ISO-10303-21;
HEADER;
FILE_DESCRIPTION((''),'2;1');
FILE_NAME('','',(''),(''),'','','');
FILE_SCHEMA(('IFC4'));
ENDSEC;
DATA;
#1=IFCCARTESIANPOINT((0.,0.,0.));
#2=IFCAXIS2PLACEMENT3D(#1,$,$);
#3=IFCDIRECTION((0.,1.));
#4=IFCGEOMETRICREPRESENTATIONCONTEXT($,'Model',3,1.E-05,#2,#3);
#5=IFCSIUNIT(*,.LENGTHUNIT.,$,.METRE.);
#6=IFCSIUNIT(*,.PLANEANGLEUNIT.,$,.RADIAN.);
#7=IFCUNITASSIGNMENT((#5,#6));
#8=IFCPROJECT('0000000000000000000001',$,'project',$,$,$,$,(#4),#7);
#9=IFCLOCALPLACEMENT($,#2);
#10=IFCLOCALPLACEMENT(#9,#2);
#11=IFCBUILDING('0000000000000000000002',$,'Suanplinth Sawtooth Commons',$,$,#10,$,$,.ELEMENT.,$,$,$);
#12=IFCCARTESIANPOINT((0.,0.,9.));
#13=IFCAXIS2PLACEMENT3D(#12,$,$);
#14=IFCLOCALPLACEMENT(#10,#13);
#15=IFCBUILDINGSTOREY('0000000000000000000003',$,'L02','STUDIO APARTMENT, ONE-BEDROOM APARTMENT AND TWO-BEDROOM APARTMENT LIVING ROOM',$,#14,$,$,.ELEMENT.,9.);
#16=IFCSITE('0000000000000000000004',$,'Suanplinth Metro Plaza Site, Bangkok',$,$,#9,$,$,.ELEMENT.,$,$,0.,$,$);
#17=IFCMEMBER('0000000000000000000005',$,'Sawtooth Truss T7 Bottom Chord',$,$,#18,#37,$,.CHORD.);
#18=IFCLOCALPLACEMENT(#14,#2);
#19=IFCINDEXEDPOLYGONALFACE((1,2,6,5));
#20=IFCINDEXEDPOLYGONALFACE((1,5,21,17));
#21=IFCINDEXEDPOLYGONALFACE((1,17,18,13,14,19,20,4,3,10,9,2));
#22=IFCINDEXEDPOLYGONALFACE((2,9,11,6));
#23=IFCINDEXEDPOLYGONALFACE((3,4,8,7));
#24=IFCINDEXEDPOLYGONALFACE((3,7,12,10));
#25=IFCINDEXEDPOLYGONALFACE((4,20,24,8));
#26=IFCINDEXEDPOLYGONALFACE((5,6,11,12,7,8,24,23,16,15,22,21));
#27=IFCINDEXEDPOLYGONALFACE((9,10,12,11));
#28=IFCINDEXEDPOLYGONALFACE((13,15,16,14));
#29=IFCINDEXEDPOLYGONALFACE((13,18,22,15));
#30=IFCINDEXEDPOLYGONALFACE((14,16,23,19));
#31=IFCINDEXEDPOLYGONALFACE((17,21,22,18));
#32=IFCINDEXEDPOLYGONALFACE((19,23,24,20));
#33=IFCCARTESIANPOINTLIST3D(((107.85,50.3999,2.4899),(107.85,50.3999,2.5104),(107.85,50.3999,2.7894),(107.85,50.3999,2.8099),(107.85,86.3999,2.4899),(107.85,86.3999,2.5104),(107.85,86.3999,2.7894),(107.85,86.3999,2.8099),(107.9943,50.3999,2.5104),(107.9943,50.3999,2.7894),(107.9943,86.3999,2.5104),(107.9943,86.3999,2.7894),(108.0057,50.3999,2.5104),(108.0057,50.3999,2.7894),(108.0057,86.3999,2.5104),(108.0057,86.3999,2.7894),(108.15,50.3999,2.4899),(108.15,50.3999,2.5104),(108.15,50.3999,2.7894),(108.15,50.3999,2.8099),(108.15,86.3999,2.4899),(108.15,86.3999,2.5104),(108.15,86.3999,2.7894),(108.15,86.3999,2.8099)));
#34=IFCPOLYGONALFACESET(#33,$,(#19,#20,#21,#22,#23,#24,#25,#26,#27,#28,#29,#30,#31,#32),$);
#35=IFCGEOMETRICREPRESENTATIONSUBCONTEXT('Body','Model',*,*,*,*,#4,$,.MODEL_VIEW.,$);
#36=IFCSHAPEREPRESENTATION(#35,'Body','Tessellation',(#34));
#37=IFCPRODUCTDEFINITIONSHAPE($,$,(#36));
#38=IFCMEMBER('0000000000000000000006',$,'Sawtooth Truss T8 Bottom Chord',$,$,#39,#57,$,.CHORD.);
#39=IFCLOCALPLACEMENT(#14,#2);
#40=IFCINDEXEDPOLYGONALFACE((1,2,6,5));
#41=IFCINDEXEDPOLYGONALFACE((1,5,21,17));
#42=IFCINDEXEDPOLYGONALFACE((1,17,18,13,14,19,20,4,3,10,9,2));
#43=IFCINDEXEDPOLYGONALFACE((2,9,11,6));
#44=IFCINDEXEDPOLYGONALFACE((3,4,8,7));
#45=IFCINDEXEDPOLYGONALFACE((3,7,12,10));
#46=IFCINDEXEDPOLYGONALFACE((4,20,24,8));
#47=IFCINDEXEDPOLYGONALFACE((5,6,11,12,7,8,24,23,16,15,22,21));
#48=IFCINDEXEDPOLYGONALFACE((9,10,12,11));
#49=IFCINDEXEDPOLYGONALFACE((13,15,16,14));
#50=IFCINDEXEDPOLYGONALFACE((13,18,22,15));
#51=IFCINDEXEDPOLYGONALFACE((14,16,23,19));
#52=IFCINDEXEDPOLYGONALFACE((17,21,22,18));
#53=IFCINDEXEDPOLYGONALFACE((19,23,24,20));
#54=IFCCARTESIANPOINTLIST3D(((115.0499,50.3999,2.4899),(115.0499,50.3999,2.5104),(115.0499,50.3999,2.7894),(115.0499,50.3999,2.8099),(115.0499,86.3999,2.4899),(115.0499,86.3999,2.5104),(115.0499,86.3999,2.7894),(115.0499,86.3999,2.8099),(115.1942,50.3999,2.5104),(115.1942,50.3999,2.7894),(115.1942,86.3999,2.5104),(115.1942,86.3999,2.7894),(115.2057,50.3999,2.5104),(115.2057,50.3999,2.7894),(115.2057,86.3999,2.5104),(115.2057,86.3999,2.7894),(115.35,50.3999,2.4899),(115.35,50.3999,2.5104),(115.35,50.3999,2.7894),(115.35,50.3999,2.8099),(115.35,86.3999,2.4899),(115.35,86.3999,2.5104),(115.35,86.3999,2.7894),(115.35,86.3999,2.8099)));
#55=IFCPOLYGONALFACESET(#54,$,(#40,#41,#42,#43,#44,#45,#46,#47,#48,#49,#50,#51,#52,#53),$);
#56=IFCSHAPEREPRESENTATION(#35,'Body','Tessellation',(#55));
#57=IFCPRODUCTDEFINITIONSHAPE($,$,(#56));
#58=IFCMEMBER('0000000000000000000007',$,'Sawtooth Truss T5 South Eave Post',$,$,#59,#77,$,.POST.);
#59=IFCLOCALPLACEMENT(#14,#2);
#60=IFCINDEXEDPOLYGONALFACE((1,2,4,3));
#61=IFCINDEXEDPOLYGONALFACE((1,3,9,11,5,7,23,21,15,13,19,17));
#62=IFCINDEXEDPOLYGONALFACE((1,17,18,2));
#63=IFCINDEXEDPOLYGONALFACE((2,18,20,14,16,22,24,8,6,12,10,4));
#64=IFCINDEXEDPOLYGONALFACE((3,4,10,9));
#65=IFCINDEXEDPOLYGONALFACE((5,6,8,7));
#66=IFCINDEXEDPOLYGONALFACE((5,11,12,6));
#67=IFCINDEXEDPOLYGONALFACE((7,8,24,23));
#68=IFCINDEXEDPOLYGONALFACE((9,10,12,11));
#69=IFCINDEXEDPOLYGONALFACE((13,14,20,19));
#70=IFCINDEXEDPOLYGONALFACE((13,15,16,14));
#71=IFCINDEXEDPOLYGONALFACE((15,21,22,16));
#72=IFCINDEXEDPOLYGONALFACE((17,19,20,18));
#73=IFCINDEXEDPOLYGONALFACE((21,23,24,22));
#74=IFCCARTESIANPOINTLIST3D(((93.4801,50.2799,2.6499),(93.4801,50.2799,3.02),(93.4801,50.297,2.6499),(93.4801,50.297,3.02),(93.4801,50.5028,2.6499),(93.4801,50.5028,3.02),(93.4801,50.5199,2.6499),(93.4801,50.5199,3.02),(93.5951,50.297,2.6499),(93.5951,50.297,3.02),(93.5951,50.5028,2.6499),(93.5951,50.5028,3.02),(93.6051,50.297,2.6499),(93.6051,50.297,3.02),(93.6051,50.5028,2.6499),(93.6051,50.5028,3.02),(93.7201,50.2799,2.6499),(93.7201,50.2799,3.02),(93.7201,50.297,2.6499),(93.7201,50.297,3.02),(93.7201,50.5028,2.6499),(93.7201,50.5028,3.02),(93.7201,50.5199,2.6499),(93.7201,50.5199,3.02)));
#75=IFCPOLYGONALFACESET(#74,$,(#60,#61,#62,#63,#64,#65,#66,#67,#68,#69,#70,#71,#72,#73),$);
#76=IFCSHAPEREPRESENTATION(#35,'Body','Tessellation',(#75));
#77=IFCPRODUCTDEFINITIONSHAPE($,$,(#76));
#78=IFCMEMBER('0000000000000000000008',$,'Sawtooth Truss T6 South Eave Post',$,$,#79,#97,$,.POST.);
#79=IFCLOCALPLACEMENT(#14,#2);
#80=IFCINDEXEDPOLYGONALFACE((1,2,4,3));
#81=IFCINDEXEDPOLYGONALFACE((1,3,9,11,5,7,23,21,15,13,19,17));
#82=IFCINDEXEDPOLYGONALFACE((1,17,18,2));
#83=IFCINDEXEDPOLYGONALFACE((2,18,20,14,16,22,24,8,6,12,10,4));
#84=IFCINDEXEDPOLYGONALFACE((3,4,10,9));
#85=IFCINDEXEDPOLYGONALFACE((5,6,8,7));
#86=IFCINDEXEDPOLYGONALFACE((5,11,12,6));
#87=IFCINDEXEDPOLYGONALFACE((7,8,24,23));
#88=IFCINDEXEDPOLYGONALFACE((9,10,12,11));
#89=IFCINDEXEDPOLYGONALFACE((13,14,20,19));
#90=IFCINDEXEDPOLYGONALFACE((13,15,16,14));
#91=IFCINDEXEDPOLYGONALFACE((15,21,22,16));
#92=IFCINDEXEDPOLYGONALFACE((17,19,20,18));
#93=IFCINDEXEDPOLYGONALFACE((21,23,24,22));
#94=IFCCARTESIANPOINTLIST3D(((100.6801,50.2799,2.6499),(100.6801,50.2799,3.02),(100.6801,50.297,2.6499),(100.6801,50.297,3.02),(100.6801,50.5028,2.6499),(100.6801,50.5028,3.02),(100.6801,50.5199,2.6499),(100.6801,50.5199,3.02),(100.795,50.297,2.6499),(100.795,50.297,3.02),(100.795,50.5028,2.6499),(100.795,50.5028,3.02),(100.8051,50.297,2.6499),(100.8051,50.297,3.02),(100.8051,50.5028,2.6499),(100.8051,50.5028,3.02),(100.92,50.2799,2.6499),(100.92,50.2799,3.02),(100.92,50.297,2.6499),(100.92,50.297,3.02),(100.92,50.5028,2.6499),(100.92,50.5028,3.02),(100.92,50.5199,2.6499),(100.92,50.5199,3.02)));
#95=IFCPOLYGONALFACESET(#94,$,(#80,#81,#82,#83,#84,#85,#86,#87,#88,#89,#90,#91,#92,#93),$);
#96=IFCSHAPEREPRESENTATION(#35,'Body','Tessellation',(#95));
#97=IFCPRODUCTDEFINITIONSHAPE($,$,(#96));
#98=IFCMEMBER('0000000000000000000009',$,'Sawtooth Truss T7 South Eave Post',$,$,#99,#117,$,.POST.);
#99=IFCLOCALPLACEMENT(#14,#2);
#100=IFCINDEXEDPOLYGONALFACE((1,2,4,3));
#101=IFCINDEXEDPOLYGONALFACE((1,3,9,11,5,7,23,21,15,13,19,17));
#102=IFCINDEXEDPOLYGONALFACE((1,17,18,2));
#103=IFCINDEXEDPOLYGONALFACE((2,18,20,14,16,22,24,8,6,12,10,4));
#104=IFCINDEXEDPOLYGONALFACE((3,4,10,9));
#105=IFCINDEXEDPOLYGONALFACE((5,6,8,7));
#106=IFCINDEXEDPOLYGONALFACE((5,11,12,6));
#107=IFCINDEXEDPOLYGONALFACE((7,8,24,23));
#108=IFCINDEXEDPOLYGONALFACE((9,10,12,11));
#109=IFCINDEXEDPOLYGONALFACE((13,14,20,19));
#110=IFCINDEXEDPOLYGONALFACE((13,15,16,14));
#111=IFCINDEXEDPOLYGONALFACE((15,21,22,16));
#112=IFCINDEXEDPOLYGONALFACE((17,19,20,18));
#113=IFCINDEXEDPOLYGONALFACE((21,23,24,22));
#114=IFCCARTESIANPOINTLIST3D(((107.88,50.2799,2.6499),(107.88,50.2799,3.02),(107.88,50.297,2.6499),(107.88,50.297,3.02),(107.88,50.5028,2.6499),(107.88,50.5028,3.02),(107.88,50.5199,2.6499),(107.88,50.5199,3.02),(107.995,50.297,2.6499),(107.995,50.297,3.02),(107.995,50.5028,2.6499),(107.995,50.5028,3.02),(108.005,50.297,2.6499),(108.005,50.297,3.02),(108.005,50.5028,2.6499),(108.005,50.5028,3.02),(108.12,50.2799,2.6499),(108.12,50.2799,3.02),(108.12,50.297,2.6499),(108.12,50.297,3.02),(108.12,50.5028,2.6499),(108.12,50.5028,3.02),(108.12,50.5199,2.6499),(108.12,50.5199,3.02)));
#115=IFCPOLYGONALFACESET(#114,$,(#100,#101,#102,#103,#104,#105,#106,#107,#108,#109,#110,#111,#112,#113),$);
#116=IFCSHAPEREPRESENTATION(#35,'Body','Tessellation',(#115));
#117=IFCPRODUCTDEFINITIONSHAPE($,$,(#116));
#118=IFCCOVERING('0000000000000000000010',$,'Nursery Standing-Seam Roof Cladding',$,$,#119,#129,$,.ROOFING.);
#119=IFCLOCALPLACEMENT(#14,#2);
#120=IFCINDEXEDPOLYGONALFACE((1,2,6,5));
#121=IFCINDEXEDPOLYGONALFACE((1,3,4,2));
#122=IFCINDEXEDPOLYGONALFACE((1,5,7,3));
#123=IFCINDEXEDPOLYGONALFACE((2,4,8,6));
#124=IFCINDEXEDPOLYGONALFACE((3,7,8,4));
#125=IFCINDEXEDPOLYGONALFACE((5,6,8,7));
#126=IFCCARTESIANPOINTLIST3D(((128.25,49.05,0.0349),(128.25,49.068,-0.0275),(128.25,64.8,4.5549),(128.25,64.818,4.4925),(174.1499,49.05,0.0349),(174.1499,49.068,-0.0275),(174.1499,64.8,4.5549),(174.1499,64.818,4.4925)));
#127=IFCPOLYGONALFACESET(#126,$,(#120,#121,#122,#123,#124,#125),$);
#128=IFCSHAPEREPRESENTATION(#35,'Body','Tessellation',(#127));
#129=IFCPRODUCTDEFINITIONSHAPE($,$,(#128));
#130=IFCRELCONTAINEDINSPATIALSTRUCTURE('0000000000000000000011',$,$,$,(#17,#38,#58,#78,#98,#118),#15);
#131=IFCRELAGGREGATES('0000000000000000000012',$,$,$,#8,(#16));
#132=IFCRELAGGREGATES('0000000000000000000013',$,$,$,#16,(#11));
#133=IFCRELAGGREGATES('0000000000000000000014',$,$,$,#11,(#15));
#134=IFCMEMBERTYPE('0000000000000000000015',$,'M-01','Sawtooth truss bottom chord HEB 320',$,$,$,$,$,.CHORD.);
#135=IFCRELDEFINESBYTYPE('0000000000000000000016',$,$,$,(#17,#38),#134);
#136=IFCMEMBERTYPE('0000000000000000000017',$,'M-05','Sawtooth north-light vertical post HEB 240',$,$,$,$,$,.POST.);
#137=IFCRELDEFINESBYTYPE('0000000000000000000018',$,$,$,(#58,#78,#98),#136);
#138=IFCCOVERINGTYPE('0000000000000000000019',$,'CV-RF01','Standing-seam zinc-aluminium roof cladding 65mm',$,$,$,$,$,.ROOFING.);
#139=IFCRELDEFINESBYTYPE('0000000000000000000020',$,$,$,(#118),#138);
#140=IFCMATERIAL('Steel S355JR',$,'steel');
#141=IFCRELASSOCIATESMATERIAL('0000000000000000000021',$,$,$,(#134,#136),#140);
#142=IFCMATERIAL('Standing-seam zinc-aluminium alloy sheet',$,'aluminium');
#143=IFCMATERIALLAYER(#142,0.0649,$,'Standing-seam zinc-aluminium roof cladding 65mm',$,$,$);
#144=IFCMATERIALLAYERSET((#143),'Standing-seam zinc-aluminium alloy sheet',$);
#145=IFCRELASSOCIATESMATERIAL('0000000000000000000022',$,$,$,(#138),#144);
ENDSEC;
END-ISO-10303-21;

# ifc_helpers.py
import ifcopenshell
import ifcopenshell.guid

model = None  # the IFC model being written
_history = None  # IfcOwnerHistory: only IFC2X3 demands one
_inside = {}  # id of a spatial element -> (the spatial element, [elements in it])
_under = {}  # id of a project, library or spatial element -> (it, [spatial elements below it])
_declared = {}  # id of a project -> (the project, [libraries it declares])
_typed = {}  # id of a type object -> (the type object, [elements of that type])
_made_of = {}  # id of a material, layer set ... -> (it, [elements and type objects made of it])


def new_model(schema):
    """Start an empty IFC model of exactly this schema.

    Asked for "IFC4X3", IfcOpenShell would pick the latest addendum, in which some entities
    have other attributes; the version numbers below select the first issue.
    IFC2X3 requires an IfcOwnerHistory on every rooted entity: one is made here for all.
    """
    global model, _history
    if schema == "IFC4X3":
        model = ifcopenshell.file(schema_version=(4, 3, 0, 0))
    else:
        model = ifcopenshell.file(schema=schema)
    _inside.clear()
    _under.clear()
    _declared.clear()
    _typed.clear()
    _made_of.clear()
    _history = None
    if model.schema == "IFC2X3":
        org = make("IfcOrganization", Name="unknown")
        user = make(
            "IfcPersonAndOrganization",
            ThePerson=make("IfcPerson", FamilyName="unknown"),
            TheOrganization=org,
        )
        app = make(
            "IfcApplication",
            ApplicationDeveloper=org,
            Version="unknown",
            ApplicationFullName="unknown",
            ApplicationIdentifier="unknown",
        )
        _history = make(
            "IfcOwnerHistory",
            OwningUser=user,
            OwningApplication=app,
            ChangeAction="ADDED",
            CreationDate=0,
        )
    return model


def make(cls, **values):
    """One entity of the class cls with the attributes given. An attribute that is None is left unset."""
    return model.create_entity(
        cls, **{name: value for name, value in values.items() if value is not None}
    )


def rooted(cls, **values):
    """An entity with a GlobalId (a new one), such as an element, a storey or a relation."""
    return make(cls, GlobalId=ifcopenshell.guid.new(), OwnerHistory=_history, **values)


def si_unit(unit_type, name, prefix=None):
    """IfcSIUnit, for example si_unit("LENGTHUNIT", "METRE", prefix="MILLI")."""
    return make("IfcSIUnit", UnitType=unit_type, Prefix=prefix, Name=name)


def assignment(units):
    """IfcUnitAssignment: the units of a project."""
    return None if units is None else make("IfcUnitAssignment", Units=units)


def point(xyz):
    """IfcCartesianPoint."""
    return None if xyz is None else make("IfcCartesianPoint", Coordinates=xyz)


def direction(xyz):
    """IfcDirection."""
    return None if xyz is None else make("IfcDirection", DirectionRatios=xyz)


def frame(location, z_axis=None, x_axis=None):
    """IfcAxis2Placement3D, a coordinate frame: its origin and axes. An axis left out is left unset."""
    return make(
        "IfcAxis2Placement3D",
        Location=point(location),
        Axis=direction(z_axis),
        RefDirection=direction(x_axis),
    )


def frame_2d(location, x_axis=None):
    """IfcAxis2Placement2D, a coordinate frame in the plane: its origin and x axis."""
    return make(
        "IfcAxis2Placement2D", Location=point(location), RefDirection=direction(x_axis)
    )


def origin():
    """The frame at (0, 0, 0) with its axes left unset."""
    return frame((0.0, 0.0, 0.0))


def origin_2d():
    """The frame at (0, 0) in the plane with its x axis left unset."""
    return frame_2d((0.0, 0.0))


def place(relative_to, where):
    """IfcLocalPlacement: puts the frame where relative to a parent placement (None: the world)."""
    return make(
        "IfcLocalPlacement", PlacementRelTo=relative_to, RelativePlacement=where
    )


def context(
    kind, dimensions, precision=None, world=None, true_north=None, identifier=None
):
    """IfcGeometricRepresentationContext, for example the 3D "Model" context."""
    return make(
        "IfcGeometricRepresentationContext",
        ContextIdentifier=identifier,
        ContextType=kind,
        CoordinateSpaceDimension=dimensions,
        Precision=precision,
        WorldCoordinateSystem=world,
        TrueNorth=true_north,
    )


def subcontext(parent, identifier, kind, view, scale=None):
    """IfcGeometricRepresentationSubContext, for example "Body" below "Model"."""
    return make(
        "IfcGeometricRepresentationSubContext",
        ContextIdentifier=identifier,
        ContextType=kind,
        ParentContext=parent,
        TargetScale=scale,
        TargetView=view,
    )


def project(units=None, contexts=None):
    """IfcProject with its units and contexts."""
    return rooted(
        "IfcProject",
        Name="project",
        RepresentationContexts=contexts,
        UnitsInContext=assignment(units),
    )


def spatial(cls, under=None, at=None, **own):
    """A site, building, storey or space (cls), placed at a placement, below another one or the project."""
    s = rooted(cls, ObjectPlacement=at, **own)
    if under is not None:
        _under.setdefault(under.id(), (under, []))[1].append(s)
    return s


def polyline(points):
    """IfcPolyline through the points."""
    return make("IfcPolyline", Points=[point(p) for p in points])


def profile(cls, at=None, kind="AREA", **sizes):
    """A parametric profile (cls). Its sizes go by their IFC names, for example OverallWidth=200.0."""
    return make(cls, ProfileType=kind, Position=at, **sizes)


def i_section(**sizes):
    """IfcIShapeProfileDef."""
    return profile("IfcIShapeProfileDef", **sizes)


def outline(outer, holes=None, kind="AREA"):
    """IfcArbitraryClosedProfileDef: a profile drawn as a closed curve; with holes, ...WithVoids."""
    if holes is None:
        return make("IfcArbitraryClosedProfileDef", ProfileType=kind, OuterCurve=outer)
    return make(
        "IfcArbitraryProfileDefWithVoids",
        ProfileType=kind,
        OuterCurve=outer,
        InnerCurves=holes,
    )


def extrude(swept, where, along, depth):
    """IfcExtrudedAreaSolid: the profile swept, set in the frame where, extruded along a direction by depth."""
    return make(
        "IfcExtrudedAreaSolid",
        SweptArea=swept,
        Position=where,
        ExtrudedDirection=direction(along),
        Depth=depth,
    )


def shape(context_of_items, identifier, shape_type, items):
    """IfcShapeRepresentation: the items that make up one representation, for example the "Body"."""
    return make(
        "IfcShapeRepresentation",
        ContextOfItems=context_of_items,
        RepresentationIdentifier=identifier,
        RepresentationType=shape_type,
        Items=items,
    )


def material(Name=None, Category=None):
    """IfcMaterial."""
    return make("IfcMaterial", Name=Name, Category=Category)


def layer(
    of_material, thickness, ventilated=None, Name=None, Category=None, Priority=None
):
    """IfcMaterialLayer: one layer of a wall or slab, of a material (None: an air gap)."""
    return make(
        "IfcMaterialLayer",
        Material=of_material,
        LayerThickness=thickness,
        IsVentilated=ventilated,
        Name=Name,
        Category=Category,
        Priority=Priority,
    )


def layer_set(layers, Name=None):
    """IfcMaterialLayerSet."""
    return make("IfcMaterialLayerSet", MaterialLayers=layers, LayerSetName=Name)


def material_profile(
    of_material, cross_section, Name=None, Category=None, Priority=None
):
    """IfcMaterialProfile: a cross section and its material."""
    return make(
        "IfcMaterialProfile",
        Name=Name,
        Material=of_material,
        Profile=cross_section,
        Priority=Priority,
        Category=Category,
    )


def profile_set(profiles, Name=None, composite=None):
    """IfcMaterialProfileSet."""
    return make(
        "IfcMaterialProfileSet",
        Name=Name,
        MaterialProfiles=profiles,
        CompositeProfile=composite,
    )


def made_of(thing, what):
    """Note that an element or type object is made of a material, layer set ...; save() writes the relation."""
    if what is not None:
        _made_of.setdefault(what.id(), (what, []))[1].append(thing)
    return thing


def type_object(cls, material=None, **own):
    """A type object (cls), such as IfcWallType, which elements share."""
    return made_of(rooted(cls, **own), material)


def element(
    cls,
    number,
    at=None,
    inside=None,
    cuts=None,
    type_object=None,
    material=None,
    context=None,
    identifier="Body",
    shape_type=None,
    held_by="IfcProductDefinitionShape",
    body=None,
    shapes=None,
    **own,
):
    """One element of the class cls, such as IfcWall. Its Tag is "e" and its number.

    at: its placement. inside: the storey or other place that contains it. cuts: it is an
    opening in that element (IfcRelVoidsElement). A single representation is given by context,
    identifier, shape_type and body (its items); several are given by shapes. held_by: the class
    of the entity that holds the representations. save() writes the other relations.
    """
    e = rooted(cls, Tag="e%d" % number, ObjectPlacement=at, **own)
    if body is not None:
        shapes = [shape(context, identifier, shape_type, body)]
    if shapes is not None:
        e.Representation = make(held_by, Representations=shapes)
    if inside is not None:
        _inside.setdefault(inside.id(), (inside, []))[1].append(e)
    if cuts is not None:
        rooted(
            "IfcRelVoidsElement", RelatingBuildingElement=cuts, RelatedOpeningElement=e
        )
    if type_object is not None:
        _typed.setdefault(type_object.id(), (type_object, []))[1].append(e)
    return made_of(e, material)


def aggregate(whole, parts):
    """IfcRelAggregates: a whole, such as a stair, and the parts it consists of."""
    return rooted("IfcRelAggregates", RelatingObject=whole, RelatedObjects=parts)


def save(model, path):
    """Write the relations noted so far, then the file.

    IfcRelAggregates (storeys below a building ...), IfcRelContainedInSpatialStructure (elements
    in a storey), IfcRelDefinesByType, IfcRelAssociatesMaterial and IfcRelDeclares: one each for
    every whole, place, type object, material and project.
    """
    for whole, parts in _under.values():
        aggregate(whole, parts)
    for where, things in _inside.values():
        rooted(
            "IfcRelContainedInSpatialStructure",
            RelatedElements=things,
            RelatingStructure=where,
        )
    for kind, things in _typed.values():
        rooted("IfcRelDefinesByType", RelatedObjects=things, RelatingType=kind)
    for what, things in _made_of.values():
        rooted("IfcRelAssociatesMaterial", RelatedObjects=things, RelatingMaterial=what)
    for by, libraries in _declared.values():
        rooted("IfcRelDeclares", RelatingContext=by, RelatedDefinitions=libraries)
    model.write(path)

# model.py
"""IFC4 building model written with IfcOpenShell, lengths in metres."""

from ifc_helpers import new_model, si_unit, direction, frame, origin, origin_2d, place, context, subcontext, project, spatial, polyline, i_section, outline, extrude, material, layer, layer_set, material_profile, profile_set, type_object, element, save


model = new_model("IFC4")

# Units and contexts
model_context = context("Model", 3, precision=1e-05, world=origin(), true_north=direction((0.0, 1.0)))
body_context = subcontext(model_context, "Body", "Model", "MODEL_VIEW")
ifc_project = project(units=[si_unit("LENGTHUNIT", "METRE"), si_unit("PLANEANGLEUNIT", "RADIAN")], contexts=[model_context])

# Site, building, storey
site_placement = place(None, origin())
site = spatial("IfcSite", under=ifc_project, at=site_placement, Name="Suanplinth Metro Plaza Site, Bangkok", CompositionType="ELEMENT", RefElevation=0.0)
building_placement = place(site_placement, origin())
building = spatial("IfcBuilding", under=site, at=building_placement, Name="Suanplinth Sawtooth Commons", CompositionType="ELEMENT")
storey_placement = place(building_placement, frame((0.0, 0.0, 9.0)))
storey = spatial("IfcBuildingStorey", under=building, at=storey_placement, Name="L02", Description="STUDIO APARTMENT, ONE-BEDROOM APARTMENT AND TWO-BEDROOM APARTMENT LIVING ROOM", CompositionType="ELEMENT", Elevation=9.0)

# Shared definitions
ifc_material_1 = material(Name="Steel S355JR", Category="steel")

# Members
ifc_material_profile_1 = material_profile(ifc_material_1, i_section(OverallWidth=0.3, OverallDepth=0.3201, WebThickness=0.0115, FlangeThickness=0.0205, at=origin_2d()), Name="HEB 320")
ifc_profile_set_1 = profile_set([ifc_material_profile_1], Name="Steel S355JR")
member_type_1 = type_object("IfcMemberType", Name="M-01", Description="Sawtooth truss bottom chord HEB 320", PredefinedType="CHORD", material=ifc_profile_set_1)
for number, where, z_axis, x_axis, name in (
    (1, (108.0, 50.3999, 2.6499), (0.0, 1.0, 0.0), (-1.0, 0.0, 0.0), "Sawtooth Truss T7 Bottom Chord"),
    (2, (115.2, 50.3999, 2.6499), (0.0, 1.0, 0.0), (-1.0, 0.0, 0.0), "Sawtooth Truss T8 Bottom Chord"),
):
    element("IfcMember", number, at=place(storey_placement, frame(where, z_axis=z_axis, x_axis=x_axis)), inside=storey, type_object=member_type_1, Name=name, PredefinedType="CHORD", context=body_context, shape_type="SweptSolid", body=[
        extrude(i_section(OverallWidth=0.3, OverallDepth=0.3201, WebThickness=0.0115, FlangeThickness=0.0205, at=origin_2d()), origin(), (0.0, 0.0, 1.0), 36.0),
    ])
ifc_material_profile_2 = material_profile(ifc_material_1, i_section(OverallWidth=0.24, OverallDepth=0.24, WebThickness=0.01, FlangeThickness=0.0171, at=origin_2d()), Name="HEB 240")
ifc_profile_set_2 = profile_set([ifc_material_profile_2], Name="Steel S355JR")
member_type_2 = type_object("IfcMemberType", Name="M-05", Description="Sawtooth north-light vertical post HEB 240", PredefinedType="POST", material=ifc_profile_set_2)
for number, where, z_axis, x_axis, name in (
    (3, (93.6001, 50.3999, 2.6499), (0.0, 0.0, 1.0), (1.0, 0.0, 0.0), "Sawtooth Truss T5 South Eave Post"),
    (4, (100.8, 50.3999, 2.6499), (0.0, 0.0, 1.0), (1.0, 0.0, 0.0), "Sawtooth Truss T6 South Eave Post"),
    (5, (108.0, 50.3999, 2.6499), (0.0, 0.0, 1.0), (1.0, 0.0, 0.0), "Sawtooth Truss T7 South Eave Post"),
):
    element("IfcMember", number, at=place(storey_placement, frame(where, z_axis=z_axis, x_axis=x_axis)), inside=storey, type_object=member_type_2, Name=name, PredefinedType="POST", context=body_context, shape_type="SweptSolid", body=[
        extrude(i_section(OverallWidth=0.24, OverallDepth=0.24, WebThickness=0.01, FlangeThickness=0.0171, at=origin_2d()), origin(), (0.0, 0.0, 1.0), 0.3701),
    ])

# Covering
ifc_material_2 = material(Name="Standing-seam zinc-aluminium alloy sheet", Category="aluminium")
ifc_layer = layer(ifc_material_2, 0.0649, Name="Standing-seam zinc-aluminium roof cladding 65mm")
ifc_layer_set = layer_set([ifc_layer], Name="Standing-seam zinc-aluminium alloy sheet")
covering_type = type_object("IfcCoveringType", Name="CV-RF01", Description="Standing-seam zinc-aluminium roof cladding 65mm", PredefinedType="ROOFING", material=ifc_layer_set)
covering_placement = place(storey_placement, frame((128.25, 49.05, 0.0349), z_axis=(0.0, -0.27585, 0.961201), x_axis=(1.0, 0.0, 0.0)))
element("IfcCovering", 6, at=covering_placement, inside=storey, type_object=covering_type, Name="Nursery Standing-Seam Roof Cladding", PredefinedType="ROOFING", context=body_context, shape_type="SweptSolid", body=[
    extrude(outline(polyline([(0.0, 0.0), (45.8999, 0.0), (45.8999, 16.3858), (0.0, 16.3858), (0.0, 0.0)])), origin(), (0.0, 0.0, -1.0), 0.0649),
])

save(model, "model.ifc")
